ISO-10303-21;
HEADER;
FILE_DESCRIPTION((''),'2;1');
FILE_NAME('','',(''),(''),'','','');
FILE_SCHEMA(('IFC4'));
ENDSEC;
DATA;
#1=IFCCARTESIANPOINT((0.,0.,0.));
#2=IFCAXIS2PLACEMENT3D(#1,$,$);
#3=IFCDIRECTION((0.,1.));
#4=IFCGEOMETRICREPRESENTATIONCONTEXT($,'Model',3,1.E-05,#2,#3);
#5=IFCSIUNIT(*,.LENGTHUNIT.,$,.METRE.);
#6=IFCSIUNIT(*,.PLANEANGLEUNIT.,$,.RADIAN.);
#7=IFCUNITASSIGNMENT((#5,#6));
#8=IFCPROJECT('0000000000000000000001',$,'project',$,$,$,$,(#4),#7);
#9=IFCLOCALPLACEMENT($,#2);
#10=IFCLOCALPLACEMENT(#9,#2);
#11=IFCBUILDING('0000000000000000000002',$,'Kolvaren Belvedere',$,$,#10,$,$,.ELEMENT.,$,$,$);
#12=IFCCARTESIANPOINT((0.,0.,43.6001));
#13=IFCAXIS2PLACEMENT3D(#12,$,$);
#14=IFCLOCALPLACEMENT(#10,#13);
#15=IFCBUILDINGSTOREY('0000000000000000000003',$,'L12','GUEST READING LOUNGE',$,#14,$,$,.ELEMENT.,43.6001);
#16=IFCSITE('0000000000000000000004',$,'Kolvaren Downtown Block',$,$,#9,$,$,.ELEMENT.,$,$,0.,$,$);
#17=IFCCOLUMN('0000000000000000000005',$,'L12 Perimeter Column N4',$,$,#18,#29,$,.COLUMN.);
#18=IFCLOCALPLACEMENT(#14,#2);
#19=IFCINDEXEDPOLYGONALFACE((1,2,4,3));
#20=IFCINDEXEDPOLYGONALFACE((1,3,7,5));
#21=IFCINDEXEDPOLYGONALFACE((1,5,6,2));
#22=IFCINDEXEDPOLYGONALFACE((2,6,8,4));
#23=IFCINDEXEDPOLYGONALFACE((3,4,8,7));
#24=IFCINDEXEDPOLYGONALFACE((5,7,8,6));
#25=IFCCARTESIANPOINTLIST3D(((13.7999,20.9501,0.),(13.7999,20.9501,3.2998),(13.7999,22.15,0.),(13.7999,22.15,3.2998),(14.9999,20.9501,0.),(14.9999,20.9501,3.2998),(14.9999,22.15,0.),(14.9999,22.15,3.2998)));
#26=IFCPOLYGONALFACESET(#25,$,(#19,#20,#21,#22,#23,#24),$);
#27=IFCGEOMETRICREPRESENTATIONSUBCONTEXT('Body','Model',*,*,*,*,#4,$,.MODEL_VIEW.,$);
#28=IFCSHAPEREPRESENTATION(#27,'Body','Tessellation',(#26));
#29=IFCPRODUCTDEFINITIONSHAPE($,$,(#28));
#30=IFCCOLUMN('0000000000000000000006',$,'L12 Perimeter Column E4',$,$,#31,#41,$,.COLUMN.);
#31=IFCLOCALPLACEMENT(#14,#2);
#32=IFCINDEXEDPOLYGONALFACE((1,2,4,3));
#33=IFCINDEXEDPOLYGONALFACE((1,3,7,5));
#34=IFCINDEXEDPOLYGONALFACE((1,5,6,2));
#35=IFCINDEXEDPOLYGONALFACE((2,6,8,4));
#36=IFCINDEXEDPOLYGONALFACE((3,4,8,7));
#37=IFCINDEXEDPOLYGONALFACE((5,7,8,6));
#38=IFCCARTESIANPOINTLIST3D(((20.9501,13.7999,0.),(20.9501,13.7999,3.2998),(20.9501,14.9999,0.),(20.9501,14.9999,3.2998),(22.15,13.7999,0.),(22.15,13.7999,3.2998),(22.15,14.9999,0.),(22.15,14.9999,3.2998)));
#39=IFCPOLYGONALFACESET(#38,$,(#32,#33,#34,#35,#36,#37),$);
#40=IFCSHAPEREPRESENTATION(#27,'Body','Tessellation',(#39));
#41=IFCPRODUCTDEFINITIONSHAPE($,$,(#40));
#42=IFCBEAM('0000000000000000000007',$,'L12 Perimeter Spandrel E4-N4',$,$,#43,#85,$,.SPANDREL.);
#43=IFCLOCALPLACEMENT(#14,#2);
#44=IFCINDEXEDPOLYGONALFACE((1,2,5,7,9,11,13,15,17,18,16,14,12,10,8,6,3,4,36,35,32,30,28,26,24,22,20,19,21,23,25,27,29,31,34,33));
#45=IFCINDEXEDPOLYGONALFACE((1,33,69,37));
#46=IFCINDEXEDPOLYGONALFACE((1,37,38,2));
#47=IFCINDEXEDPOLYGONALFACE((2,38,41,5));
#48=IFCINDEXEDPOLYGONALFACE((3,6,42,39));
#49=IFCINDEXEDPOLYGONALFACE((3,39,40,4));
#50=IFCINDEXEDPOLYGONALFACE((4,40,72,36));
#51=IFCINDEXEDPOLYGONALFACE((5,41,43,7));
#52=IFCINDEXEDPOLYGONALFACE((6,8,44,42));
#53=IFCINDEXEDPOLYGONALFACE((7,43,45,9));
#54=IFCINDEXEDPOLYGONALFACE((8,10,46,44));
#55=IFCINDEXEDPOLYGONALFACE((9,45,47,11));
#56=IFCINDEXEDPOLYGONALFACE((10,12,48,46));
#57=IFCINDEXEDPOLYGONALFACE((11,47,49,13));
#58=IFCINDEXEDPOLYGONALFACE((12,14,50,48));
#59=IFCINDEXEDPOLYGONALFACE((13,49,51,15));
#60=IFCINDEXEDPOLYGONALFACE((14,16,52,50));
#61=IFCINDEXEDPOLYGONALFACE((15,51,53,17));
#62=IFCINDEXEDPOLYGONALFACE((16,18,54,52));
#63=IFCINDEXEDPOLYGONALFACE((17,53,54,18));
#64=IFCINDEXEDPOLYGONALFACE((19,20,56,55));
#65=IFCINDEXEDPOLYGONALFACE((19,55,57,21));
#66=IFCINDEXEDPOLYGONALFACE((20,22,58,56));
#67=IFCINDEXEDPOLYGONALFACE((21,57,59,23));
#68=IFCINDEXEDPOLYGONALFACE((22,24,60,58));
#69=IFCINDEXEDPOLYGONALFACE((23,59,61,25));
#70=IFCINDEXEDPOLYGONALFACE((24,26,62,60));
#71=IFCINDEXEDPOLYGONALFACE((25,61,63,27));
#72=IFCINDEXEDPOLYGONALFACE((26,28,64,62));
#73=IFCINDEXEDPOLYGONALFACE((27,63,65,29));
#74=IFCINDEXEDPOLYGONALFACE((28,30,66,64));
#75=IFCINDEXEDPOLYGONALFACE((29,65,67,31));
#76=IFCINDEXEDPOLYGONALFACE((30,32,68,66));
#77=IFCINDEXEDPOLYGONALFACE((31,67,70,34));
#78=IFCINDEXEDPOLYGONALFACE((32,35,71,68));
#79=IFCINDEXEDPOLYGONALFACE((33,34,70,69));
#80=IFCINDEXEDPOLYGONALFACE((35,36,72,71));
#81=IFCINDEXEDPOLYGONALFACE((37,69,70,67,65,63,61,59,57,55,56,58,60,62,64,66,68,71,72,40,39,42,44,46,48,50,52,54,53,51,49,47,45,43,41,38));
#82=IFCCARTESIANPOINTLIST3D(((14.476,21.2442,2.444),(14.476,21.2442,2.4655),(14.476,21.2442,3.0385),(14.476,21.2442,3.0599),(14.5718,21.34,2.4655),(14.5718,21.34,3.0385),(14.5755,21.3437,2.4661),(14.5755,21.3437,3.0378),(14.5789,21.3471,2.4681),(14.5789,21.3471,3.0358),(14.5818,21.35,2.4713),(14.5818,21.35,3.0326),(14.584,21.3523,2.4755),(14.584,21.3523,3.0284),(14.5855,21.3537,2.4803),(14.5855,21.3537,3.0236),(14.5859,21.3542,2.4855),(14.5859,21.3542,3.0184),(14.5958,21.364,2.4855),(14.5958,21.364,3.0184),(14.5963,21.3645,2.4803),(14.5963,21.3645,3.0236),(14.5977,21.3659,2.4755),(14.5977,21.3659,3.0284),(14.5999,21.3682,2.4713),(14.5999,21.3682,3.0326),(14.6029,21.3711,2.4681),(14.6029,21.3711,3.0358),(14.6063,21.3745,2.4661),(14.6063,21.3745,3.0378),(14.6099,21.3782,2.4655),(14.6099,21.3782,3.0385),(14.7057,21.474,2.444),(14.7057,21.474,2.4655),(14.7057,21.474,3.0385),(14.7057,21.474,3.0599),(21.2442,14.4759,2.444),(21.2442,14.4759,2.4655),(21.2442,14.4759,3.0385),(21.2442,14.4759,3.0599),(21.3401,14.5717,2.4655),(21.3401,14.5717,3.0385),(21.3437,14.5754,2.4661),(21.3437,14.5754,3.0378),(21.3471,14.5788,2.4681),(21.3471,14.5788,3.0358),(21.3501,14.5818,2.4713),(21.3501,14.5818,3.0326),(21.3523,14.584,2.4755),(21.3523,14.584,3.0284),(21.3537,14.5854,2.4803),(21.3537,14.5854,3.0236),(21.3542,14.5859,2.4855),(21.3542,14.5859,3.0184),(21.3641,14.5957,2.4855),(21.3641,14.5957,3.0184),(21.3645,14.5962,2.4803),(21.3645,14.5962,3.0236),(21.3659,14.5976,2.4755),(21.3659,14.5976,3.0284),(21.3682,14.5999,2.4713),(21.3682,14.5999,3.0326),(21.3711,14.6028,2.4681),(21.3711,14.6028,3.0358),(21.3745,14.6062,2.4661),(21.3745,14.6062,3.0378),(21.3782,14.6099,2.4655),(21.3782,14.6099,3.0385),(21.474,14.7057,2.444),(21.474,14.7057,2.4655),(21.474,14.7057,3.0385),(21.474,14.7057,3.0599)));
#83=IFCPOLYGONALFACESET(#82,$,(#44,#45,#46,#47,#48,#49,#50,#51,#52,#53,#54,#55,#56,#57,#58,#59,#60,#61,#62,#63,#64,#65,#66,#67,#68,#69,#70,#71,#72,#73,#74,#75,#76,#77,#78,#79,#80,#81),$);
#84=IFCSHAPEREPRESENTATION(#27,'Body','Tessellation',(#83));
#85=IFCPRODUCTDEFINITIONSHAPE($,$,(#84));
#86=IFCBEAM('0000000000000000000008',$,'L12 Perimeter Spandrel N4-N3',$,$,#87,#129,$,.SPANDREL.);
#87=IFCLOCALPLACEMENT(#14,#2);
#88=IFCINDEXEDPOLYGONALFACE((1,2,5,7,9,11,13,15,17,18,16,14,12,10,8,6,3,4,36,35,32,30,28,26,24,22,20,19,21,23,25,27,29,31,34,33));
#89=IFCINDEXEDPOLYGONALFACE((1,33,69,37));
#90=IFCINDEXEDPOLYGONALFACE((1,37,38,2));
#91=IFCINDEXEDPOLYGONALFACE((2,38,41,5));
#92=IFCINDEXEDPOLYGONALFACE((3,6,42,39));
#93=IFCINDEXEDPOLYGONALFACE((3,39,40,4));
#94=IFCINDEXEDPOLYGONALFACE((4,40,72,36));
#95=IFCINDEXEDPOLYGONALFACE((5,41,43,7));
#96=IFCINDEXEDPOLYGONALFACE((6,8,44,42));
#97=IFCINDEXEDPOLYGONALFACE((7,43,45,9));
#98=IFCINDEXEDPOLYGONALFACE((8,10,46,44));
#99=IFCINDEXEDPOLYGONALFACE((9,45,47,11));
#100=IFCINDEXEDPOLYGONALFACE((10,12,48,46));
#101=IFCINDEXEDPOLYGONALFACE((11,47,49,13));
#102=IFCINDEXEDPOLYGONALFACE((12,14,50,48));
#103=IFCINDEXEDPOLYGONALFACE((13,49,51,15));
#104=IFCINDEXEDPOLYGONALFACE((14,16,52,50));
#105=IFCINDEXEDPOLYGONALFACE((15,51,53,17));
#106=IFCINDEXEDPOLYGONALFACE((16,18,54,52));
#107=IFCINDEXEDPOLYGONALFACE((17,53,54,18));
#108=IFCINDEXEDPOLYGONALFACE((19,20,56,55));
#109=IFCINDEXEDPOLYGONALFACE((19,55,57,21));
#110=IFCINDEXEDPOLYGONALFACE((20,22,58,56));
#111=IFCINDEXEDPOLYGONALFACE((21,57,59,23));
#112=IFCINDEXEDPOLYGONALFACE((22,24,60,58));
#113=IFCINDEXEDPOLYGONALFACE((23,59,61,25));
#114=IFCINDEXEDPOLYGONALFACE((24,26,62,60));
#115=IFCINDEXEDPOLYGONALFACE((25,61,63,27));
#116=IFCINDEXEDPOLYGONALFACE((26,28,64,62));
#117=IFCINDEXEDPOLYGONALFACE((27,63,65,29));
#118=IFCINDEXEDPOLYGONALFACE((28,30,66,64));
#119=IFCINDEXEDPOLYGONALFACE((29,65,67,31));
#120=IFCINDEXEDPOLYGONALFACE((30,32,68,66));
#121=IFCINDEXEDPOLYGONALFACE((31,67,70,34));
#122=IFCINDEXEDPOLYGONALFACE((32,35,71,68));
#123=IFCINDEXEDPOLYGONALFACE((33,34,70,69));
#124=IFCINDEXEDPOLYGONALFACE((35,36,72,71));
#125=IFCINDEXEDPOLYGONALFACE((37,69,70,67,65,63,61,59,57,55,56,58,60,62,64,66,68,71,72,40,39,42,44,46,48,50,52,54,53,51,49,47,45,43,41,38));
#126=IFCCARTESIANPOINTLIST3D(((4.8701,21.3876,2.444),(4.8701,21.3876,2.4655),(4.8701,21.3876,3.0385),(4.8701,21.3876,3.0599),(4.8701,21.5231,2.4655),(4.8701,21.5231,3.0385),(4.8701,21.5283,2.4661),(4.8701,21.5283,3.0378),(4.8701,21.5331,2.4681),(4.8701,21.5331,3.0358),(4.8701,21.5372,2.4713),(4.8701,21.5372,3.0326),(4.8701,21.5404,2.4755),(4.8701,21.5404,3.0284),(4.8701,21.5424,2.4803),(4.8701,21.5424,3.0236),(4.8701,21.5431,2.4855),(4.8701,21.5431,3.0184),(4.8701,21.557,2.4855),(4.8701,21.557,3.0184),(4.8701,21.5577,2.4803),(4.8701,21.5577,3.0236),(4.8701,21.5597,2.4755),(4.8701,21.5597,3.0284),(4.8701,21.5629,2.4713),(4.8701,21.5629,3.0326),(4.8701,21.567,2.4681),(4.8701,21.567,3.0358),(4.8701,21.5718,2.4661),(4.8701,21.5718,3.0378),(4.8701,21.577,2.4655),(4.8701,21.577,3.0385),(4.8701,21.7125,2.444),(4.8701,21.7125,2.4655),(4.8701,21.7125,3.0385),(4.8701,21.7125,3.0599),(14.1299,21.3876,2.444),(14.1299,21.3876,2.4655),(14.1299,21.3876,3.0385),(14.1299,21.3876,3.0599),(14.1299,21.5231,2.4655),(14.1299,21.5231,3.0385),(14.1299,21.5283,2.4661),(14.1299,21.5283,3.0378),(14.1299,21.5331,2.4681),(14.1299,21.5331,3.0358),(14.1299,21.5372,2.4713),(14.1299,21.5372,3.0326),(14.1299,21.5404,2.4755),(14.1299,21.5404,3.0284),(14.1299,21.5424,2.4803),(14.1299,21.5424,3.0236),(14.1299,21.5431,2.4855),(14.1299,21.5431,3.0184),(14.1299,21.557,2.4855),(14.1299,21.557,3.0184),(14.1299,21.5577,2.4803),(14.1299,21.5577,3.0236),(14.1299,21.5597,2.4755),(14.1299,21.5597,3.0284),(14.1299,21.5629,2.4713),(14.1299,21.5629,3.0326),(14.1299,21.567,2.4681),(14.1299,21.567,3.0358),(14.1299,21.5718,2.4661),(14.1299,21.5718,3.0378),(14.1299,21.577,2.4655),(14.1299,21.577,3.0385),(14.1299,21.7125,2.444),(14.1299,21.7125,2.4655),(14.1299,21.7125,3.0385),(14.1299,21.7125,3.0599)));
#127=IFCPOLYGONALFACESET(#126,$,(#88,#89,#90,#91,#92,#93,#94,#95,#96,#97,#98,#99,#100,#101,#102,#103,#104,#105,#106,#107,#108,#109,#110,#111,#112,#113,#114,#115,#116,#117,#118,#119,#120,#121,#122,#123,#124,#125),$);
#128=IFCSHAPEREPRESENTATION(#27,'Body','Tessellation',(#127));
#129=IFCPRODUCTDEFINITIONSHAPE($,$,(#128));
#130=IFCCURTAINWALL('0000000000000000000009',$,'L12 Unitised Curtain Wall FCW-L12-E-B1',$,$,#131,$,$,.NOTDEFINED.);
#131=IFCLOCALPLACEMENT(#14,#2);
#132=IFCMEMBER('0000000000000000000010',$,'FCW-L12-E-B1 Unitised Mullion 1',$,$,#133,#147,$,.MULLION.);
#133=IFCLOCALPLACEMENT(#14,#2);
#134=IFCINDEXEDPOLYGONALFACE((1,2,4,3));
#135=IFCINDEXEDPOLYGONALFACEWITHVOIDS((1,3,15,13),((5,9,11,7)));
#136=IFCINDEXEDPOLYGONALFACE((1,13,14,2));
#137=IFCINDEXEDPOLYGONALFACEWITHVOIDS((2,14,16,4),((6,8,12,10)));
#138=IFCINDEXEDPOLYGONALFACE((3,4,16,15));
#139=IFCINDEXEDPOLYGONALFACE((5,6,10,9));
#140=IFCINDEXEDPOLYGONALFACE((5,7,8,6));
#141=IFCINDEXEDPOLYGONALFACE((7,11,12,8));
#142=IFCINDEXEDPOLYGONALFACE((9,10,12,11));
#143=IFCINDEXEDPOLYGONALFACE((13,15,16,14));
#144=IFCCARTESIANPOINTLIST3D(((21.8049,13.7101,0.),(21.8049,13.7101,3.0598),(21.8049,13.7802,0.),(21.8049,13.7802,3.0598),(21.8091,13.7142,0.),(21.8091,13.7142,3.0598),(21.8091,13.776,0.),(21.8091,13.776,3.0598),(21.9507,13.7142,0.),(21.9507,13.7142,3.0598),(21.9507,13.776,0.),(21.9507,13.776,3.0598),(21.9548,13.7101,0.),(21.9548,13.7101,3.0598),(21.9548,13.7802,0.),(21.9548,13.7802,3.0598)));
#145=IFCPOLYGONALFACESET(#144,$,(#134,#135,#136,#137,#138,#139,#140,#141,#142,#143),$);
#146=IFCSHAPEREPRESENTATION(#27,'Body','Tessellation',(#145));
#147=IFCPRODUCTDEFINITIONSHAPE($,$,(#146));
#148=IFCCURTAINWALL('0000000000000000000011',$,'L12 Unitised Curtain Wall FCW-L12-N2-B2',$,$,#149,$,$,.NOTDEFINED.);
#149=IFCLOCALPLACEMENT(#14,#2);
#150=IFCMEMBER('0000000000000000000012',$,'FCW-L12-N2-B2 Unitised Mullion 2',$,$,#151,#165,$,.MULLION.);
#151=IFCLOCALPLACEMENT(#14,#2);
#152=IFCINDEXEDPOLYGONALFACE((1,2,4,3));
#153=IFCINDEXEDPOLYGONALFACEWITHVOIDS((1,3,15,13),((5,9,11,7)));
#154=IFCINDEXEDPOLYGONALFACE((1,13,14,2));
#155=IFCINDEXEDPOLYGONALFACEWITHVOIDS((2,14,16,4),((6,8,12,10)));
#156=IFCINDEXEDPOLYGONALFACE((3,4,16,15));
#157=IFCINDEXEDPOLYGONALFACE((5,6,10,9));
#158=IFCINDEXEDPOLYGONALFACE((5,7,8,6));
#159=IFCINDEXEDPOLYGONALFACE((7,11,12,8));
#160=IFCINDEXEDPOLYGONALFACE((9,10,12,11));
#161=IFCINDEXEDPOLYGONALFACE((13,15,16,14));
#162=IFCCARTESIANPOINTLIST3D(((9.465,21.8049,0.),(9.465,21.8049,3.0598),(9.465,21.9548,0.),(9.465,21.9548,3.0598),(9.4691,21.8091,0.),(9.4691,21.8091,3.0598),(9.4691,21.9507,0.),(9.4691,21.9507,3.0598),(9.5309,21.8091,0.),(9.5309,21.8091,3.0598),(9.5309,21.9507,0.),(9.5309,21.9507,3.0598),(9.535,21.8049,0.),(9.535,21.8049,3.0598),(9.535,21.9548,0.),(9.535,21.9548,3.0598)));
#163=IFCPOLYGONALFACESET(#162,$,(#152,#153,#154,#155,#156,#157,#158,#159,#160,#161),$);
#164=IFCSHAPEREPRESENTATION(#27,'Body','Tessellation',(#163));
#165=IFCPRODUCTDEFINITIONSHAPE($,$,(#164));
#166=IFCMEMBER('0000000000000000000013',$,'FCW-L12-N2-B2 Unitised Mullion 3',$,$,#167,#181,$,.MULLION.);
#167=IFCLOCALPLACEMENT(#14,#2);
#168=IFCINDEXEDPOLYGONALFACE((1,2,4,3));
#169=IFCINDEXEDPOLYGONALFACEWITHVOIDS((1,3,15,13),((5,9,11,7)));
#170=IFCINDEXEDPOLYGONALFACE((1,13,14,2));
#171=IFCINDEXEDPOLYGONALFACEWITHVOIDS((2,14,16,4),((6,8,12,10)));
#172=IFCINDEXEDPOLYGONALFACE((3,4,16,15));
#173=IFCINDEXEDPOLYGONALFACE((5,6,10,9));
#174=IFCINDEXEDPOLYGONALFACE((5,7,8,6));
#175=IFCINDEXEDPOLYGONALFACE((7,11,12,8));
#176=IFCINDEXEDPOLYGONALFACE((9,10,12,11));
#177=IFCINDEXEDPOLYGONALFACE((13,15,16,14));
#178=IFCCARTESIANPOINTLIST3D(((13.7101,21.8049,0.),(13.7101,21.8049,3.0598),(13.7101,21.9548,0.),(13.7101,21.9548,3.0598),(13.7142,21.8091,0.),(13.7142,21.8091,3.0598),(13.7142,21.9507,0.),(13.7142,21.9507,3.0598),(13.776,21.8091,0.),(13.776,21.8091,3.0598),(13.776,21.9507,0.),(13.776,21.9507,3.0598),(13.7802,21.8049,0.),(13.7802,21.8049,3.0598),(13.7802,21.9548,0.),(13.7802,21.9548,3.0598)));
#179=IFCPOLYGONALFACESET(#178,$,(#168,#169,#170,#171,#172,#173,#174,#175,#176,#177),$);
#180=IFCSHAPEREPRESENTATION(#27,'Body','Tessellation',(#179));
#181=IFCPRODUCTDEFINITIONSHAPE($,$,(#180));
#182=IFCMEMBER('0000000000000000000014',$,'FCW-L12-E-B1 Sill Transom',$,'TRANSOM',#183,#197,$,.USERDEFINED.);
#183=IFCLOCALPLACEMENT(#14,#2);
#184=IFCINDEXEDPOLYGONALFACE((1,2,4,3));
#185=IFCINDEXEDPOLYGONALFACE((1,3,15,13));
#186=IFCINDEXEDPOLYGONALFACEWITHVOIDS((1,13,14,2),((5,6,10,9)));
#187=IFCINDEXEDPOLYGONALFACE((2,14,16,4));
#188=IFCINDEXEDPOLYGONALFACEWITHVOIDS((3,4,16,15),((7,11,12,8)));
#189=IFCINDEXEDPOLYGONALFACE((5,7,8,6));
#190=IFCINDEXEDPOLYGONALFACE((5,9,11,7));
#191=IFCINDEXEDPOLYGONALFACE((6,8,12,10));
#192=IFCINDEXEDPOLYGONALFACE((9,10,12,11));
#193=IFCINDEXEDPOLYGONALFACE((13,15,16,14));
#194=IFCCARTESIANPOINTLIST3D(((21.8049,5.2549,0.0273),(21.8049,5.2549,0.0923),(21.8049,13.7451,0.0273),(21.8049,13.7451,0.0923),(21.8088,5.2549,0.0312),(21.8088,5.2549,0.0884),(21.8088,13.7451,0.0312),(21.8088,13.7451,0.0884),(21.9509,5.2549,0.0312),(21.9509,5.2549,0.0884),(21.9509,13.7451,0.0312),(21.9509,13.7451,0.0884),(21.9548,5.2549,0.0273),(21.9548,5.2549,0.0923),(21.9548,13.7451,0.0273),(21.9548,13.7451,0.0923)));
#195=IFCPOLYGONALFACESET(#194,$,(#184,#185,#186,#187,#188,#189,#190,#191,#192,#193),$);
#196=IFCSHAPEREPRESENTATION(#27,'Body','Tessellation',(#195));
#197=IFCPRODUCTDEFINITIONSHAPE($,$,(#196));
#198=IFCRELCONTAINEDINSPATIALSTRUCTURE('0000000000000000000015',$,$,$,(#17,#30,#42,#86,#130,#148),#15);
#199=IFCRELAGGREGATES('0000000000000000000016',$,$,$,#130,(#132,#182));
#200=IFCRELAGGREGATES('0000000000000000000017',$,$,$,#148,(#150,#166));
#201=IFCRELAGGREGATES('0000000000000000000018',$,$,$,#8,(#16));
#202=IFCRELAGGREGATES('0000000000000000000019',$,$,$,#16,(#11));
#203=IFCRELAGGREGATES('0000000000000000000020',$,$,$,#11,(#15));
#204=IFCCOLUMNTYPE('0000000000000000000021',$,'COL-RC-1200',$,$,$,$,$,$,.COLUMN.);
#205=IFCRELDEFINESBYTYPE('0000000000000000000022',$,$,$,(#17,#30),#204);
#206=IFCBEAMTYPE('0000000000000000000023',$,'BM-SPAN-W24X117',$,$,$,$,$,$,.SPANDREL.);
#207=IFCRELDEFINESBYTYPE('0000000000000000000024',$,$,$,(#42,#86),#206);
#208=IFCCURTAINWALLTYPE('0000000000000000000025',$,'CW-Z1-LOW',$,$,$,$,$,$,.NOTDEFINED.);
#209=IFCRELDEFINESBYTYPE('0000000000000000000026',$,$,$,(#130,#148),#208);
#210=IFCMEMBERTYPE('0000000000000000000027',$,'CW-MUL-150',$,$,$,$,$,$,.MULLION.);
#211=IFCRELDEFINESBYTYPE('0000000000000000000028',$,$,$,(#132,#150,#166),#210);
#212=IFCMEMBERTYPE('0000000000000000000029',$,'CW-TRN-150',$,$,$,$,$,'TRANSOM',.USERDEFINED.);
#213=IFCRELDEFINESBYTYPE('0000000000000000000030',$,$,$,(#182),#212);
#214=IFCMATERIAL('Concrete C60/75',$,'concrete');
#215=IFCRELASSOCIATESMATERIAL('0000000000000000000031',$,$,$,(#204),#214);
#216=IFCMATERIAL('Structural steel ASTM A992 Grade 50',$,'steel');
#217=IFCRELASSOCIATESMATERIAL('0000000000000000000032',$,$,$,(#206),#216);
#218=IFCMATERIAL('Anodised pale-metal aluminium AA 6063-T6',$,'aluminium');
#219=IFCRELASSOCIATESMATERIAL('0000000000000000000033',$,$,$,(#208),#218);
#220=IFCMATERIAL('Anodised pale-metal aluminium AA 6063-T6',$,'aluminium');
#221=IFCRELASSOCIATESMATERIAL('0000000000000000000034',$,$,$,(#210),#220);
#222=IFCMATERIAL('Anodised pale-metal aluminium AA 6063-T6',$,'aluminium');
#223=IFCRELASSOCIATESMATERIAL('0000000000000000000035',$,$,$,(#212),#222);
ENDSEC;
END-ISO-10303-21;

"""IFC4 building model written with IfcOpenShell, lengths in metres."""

from ifc_helpers import new_model, si_unit, direction, frame, origin, origin_2d, place, context, subcontext, project, spatial, rectangle, hollow_rectangle, i_section, extrude, material, material_profile, profile_set, type_object, element, aggregate, save


model = new_model("IFC4")

# Units and contexts
model_context = context("Model", 3, precision=1e-05, world=origin(), true_north=direction((0.0, 1.0)))
body_context = subcontext(model_context, "Body", "Model", "MODEL_VIEW")
ifc_project = project(units=[si_unit("LENGTHUNIT", "METRE"), si_unit("PLANEANGLEUNIT", "RADIAN")], contexts=[model_context])

# Site, building, storey
site_placement = place(None, origin())
site = spatial("IfcSite", under=ifc_project, at=site_placement, Name="Kolvaren Downtown Block", CompositionType="ELEMENT", RefElevation=0.0)
building_placement = place(site_placement, origin())
building = spatial("IfcBuilding", under=site, at=building_placement, Name="Kolvaren Belvedere", CompositionType="ELEMENT")
storey_placement = place(building_placement, frame((0.0, 0.0, 43.6001)))
storey = spatial("IfcBuildingStorey", under=building, at=storey_placement, Name="L12", Description="GUEST READING LOUNGE", CompositionType="ELEMENT", Elevation=43.6001)

# Columns
ifc_material_1 = material(Name="Concrete C60/75", Category="concrete")
ifc_material_profile_1 = material_profile(ifc_material_1, rectangle(XDim=1.2, YDim=1.2, at=origin_2d()), Name="RC 1200X1200")
ifc_profile_set_1 = profile_set([ifc_material_profile_1], Name="Concrete C60/75")
column_type = type_object("IfcColumnType", Name="COL-RC-1200", PredefinedType="COLUMN", material=ifc_profile_set_1)
for number, where, z_axis, x_axis, name in (
    (1, (14.3999, 21.55, 0.0), (0.0, 0.0, 1.0), (1.0, 0.0, 0.0), "L12 Perimeter Column N4"),
    (2, (21.55, 14.3999, 0.0), (0.0, 0.0, 1.0), (1.0, 0.0, 0.0), "L12 Perimeter Column E4"),
):
    element("IfcColumn", number, at=place(storey_placement, frame(where, z_axis=z_axis, x_axis=x_axis)), inside=storey, type_object=column_type, Name=name, PredefinedType="COLUMN", context=body_context, shape_type="SweptSolid", body=[
        extrude(rectangle(XDim=1.2, YDim=1.2, at=origin_2d()), origin(), (0.0, 0.0, 1.0), 3.2998),
    ])

# Beams
ifc_material_2 = material(Name="Structural steel ASTM A992 Grade 50", Category="steel")
ifc_material_profile_2 = material_profile(ifc_material_2, i_section(OverallWidth=0.325, OverallDepth=0.616, WebThickness=0.0139, FlangeThickness=0.0215, FilletRadius=0.02, at=origin_2d()), Name="W24X117")
ifc_profile_set_2 = profile_set([ifc_material_profile_2], Name="Structural steel ASTM A992 Grade 50")
beam_type = type_object("IfcBeamType", Name="BM-SPAN-W24X117", PredefinedType="SPANDREL", material=ifc_profile_set_2)
beam_1_placement = place(storey_placement, frame((21.3591, 14.5908, 2.752), z_axis=(-0.707107, 0.707107, 0.0), x_axis=(-0.707107, -0.707107, 0.0)))
element("IfcBeam", 3, at=beam_1_placement, inside=storey, type_object=beam_type, Name="L12 Perimeter Spandrel E4-N4", PredefinedType="SPANDREL", context=body_context, shape_type="SweptSolid", body=[
    extrude(i_section(OverallWidth=0.325, OverallDepth=0.616, WebThickness=0.0139, FlangeThickness=0.0215, FilletRadius=0.02, at=origin_2d()), origin(), (0.0, 0.0, 1.0), 9.5718),
])
beam_2_placement = place(storey_placement, frame((14.1299, 21.55, 2.752), z_axis=(-1.0, 0.0, 0.0), x_axis=(0.0, -1.0, 0.0)))
element("IfcBeam", 4, at=beam_2_placement, inside=storey, type_object=beam_type, Name="L12 Perimeter Spandrel N4-N3", PredefinedType="SPANDREL", context=body_context, shape_type="SweptSolid", body=[
    extrude(i_section(OverallWidth=0.325, OverallDepth=0.616, WebThickness=0.0139, FlangeThickness=0.0215, FilletRadius=0.02, at=origin_2d()), origin(), (0.0, 0.0, 1.0), 9.2598),
])

# Curtain wall, member
ifc_material_3 = material(Name="Anodised pale-metal aluminium AA 6063-T6", Category="aluminium")
curtain_wall_type = type_object("IfcCurtainWallType", Name="CW-Z1-LOW", PredefinedType="NOTDEFINED", material=ifc_material_3)
curtain_wall_1_placement = place(storey_placement, origin())
curtain_wall_1 = element("IfcCurtainWall", 5, at=curtain_wall_1_placement, inside=storey, type_object=curtain_wall_type, Name="L12 Unitised Curtain Wall FCW-L12-E-B1", PredefinedType="NOTDEFINED")
ifc_material_4 = material(Name="Anodised pale-metal aluminium AA 6063-T6", Category="aluminium")
ifc_material_profile_3 = material_profile(ifc_material_4, hollow_rectangle(XDim=0.0701, YDim=0.1499, WallThickness=0.0042, at=origin_2d()), Name="ALU-MUL-150X70")
ifc_profile_set_3 = profile_set([ifc_material_profile_3], Name="Anodised pale-metal aluminium AA 6063-T6")
member_type_1 = type_object("IfcMemberType", Name="CW-MUL-150", PredefinedType="MULLION", material=ifc_profile_set_3)
member_1_placement = place(storey_placement, frame((21.8799, 13.7451, 0.0), z_axis=(0.0, 0.0, 1.0), x_axis=(0.0, 1.0, 0.0)))
member_1 = element("IfcMember", 6, at=member_1_placement, type_object=member_type_1, Name="FCW-L12-E-B1 Unitised Mullion 1", PredefinedType="MULLION", context=body_context, shape_type="SweptSolid", body=[
    extrude(hollow_rectangle(XDim=0.0701, YDim=0.1499, WallThickness=0.0042, at=origin_2d()), origin(), (0.0, 0.0, 1.0), 3.0598),
])

# Curtain wall, members
curtain_wall_2_placement = place(storey_placement, origin())
curtain_wall_2 = element("IfcCurtainWall", 7, at=curtain_wall_2_placement, inside=storey, type_object=curtain_wall_type, Name="L12 Unitised Curtain Wall FCW-L12-N2-B2", PredefinedType="NOTDEFINED")
member_2_placement = place(storey_placement, frame((9.5, 21.8799, 0.0), z_axis=(0.0, 0.0, 1.0), x_axis=(1.0, 0.0, 0.0)))
member_2 = element("IfcMember", 8, at=member_2_placement, type_object=member_type_1, Name="FCW-L12-N2-B2 Unitised Mullion 2", PredefinedType="MULLION", context=body_context, shape_type="SweptSolid", body=[
    extrude(hollow_rectangle(XDim=0.0701, YDim=0.1499, WallThickness=0.0042, at=origin_2d()), origin(), (0.0, 0.0, 1.0), 3.0598),
])
member_3_placement = place(storey_placement, frame((13.7451, 21.8799, 0.0), z_axis=(0.0, 0.0, 1.0), x_axis=(1.0, 0.0, 0.0)))
member_3 = element("IfcMember", 9, at=member_3_placement, type_object=member_type_1, Name="FCW-L12-N2-B2 Unitised Mullion 3", PredefinedType="MULLION", context=body_context, shape_type="SweptSolid", body=[
    extrude(hollow_rectangle(XDim=0.0701, YDim=0.1499, WallThickness=0.0042, at=origin_2d()), origin(), (0.0, 0.0, 1.0), 3.0598),
])

# Member
ifc_material_5 = material(Name="Anodised pale-metal aluminium AA 6063-T6", Category="aluminium")
ifc_material_profile_4 = material_profile(ifc_material_5, hollow_rectangle(XDim=0.0649, YDim=0.1499, WallThickness=0.0039, at=origin_2d()), Name="ALU-TRN-150X65")
ifc_profile_set_4 = profile_set([ifc_material_profile_4], Name="Anodised pale-metal aluminium AA 6063-T6")
member_type_2 = type_object("IfcMemberType", Name="CW-TRN-150", ElementType="TRANSOM", PredefinedType="USERDEFINED", material=ifc_profile_set_4)
member_4_placement = place(storey_placement, frame((21.8799, 13.7451, 0.0598), z_axis=(0.0, -1.0, 0.0), x_axis=(0.0, 0.0, 1.0)))
member_4 = element("IfcMember", 10, at=member_4_placement, type_object=member_type_2, Name="FCW-L12-E-B1 Sill Transom", ObjectType="TRANSOM", PredefinedType="USERDEFINED", context=body_context, shape_type="SweptSolid", body=[
    extrude(hollow_rectangle(XDim=0.0649, YDim=0.1499, WallThickness=0.0039, at=origin_2d()), origin(), (0.0, 0.0, 1.0), 8.4902),
])
aggregate(curtain_wall_1, [member_1, member_4])

aggregate(curtain_wall_2, [member_2, member_3])

save(model, "model.ifc")
